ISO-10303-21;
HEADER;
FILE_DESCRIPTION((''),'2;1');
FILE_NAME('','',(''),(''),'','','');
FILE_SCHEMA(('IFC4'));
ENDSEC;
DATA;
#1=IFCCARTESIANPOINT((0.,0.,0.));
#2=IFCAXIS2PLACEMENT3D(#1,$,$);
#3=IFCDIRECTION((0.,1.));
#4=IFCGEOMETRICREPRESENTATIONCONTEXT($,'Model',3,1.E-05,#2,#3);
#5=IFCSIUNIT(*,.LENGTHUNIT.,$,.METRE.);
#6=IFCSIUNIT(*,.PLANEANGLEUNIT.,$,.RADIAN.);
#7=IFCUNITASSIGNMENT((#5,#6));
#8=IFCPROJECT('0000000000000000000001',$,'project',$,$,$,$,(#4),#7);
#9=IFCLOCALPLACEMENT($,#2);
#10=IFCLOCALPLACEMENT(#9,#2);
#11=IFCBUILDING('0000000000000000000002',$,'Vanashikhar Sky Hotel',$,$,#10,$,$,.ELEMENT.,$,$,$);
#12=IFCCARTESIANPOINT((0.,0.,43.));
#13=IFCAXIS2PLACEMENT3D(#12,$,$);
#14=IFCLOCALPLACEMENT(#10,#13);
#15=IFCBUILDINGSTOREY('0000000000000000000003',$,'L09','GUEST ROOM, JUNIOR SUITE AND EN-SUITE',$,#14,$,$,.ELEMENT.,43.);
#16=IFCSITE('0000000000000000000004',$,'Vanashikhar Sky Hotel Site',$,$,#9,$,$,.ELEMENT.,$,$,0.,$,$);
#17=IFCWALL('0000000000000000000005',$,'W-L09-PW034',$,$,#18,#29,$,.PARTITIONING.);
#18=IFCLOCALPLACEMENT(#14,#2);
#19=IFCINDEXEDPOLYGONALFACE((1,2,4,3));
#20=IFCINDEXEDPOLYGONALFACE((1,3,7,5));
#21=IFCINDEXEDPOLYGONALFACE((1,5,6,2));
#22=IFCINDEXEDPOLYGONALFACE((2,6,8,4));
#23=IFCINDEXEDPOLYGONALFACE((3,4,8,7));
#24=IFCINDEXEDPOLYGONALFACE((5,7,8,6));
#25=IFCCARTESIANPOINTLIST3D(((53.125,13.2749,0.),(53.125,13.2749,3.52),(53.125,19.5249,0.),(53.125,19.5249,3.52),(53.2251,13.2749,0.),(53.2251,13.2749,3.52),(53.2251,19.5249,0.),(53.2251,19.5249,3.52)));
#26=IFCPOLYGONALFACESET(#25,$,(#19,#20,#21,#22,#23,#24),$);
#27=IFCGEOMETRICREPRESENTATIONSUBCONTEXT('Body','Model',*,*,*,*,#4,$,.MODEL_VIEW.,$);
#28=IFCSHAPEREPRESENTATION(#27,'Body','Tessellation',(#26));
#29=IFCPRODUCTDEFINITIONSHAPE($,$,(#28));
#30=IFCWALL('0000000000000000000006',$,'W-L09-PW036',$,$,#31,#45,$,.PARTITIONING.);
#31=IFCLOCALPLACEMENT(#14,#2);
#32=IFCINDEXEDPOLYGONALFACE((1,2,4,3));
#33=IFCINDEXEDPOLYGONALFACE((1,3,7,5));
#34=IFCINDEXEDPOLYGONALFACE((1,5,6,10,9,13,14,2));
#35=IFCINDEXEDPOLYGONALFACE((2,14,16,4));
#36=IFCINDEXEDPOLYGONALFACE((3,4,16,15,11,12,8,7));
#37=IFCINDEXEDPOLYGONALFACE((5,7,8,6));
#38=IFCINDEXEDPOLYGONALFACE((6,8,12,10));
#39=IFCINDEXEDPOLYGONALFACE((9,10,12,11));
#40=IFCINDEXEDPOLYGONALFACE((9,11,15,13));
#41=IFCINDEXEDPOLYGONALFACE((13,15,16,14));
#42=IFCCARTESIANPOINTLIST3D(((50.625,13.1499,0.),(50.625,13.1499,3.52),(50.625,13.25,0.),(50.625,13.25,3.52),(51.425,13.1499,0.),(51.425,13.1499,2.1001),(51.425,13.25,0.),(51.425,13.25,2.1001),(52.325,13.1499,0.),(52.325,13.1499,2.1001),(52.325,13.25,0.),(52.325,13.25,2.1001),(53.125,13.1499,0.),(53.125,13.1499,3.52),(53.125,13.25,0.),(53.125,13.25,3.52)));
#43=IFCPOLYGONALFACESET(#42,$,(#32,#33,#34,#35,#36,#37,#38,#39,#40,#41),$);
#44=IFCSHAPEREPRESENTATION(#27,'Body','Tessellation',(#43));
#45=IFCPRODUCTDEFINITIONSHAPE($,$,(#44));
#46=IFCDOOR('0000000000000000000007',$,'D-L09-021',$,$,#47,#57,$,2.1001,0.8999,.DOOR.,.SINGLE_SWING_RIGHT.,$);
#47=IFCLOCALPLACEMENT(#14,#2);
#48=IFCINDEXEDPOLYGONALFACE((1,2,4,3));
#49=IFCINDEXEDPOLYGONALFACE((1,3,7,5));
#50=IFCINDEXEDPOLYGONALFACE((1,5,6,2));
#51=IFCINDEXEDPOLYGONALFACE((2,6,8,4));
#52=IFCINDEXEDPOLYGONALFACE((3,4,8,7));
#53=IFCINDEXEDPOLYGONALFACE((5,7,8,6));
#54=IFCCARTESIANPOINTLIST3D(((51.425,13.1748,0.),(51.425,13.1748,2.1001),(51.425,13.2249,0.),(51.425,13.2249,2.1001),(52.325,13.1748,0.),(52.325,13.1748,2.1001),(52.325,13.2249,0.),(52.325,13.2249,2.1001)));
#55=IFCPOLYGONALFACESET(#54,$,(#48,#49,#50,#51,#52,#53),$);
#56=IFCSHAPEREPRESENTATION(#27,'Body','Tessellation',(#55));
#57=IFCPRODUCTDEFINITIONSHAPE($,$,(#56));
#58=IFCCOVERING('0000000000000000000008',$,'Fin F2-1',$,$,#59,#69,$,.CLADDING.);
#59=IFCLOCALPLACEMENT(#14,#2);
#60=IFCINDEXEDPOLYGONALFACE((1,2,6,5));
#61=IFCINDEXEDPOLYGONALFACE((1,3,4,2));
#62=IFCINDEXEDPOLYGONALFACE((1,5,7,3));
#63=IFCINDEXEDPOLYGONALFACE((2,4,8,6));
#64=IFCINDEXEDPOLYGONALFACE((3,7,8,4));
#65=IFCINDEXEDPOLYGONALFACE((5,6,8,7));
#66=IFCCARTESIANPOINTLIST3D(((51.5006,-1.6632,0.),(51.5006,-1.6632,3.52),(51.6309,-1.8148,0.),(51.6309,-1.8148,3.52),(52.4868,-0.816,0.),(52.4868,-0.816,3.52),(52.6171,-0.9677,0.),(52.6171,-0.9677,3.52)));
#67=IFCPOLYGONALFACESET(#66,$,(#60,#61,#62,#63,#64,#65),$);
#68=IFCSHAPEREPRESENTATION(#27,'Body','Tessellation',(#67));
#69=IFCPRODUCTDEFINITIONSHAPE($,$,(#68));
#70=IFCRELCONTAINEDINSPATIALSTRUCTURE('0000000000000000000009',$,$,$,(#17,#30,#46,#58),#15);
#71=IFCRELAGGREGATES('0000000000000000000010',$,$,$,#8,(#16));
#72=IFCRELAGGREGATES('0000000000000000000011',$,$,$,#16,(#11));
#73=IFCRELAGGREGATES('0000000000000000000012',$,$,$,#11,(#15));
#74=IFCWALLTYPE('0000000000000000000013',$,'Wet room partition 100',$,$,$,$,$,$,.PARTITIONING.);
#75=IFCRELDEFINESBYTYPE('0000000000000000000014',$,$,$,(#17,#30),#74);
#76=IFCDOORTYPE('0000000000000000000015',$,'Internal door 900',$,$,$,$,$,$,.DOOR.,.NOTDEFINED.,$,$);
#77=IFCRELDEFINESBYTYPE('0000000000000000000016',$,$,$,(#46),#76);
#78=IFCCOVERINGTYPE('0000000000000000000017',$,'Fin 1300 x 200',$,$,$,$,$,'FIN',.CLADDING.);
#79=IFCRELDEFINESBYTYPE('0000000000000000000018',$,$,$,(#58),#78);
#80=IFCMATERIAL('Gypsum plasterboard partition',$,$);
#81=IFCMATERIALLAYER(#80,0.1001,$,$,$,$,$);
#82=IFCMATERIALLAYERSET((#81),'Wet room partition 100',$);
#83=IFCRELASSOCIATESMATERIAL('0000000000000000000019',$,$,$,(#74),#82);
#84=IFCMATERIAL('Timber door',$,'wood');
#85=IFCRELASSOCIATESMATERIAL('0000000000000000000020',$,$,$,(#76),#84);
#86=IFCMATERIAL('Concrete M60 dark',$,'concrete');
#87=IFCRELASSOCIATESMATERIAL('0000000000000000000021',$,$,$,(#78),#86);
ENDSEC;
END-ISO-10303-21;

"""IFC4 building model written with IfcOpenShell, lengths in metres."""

from ifc_helpers import new_model, si_unit, direction, frame, frame_2d, origin, origin_2d, place, context, subcontext, project, spatial, rectangle, extrude, source, transform, mapped, material, layer, layer_set, material_profile, profile_set, type_object, element, fill, save


model = new_model("IFC4")

# Units and contexts
model_context = context("Model", 3, precision=1e-05, world=origin(), true_north=direction((0.0, 1.0)))
body_context = subcontext(model_context, "Body", "Model", "MODEL_VIEW")
ifc_project = project(units=[si_unit("LENGTHUNIT", "METRE"), si_unit("PLANEANGLEUNIT", "RADIAN")], contexts=[model_context])

# Site, building, storey
site_placement = place(None, origin())
site = spatial("IfcSite", under=ifc_project, at=site_placement, Name="Vanashikhar Sky Hotel Site", CompositionType="ELEMENT", RefElevation=0.0)
building_placement = place(site_placement, origin())
building = spatial("IfcBuilding", under=site, at=building_placement, Name="Vanashikhar Sky Hotel", CompositionType="ELEMENT")
storey_placement = place(building_placement, frame((0.0, 0.0, 43.0)))
storey = spatial("IfcBuildingStorey", under=building, at=storey_placement, Name="L09", Description="GUEST ROOM, JUNIOR SUITE AND EN-SUITE", CompositionType="ELEMENT", Elevation=43.0)

# Shared definitions
ifc_material_1 = material(Name="Gypsum plasterboard partition")
ifc_layer_1 = layer(ifc_material_1, 0.1001)
ifc_layer_set_1 = layer_set([ifc_layer_1], Name="Wet room partition 100")
wall_type_1 = type_object("IfcWallType", Name="Wet room partition 100", PredefinedType="PARTITIONING", material=ifc_layer_set_1)
shared_shape_1 = source(origin(), body_context, "Body", "SweptSolid", [
    extrude(rectangle(XDim=0.8999, YDim=2.1001, at=frame_2d((0.45, 1.05))), frame((0.0, 0.0601, 0.0), z_axis=(0.0, -1.0, 0.0), x_axis=(1.0, 0.0, 0.0)), (0.0, 0.0, 1.0), 0.1201),
])
ifc_material_2 = material(Name="Timber door", Category="wood")
door_type = type_object("IfcDoorType", Name="Internal door 900", OperationType="NOTDEFINED", PredefinedType="DOOR", material=ifc_material_2)
shared_shape_2 = source(origin(), body_context, "Body", "SweptSolid", [
    extrude(rectangle(XDim=0.8999, YDim=2.1001, at=frame_2d((0.45, 1.05))), frame((0.0, 0.0249, 0.0), z_axis=(0.0, -1.0, 0.0), x_axis=(1.0, 0.0, 0.0)), (0.0, 0.0, 1.0), 0.05),
])

# Wall
shared_shape_3 = source(origin(), body_context, "Body", "SweptSolid", [
    extrude(rectangle(XDim=6.25, YDim=0.1001, at=frame_2d((3.125, 0.0))), origin(), (0.0, 0.0, 1.0), 3.52),
])
for number, where, z_axis, x_axis, name in (
    (1, (53.175, 13.2749, 0.0), (0.0, 0.0, 1.0), (0.0, 1.0, 0.0), "W-L09-PW034"),
):
    element("IfcWall", number, at=place(storey_placement, frame(where, z_axis=z_axis, x_axis=x_axis)), inside=storey, type_object=wall_type_1, Name=name, PredefinedType="PARTITIONING", context=body_context, shape_type="MappedRepresentation", body=[
        mapped(shared_shape_3, transform((0.0, 0.0, 0.0), scale=1.0)),
    ])

# Wall, opening, door
shared_shape_4 = source(origin(), body_context, "Body", "SweptSolid", [
    extrude(rectangle(XDim=2.5, YDim=0.1001, at=frame_2d((1.25, 0.0))), origin(), (0.0, 0.0, 1.0), 3.52),
])
wall_1_placement = place(storey_placement, frame((50.625, 13.2, 0.0), z_axis=(0.0, 0.0, 1.0), x_axis=(1.0, 0.0, 0.0)))
wall_1 = element("IfcWall", 2, at=wall_1_placement, inside=storey, type_object=wall_type_1, Name="W-L09-PW036", PredefinedType="PARTITIONING", context=body_context, shape_type="MappedRepresentation", body=[
    mapped(shared_shape_4, transform((0.0, 0.0, 0.0), scale=1.0)),
])
opening_1_placement = place(wall_1_placement, frame((0.8, 0.0, 0.0)))
opening_1 = element("IfcOpeningElement", 3, at=opening_1_placement, cuts=wall_1, PredefinedType="OPENING", context=body_context, shape_type="MappedRepresentation", body=[
    mapped(shared_shape_1, transform((0.0, 0.0, 0.0), scale=1.0)),
])
door_1_placement = place(opening_1_placement, origin())
door_1 = element("IfcDoor", 4, at=door_1_placement, inside=storey, type_object=door_type, Name="D-L09-021", OperationType="SINGLE_SWING_RIGHT", OverallHeight=2.1001, OverallWidth=0.8999, PredefinedType="DOOR", context=body_context, shape_type="MappedRepresentation", body=[
    mapped(shared_shape_2, transform((0.0, 0.0, 0.0), scale=1.0)),
])
fill(opening_1, door_1)

# Covering
ifc_material_3 = material(Name="Concrete M60 dark", Category="concrete")
ifc_material_profile = material_profile(ifc_material_3, rectangle(XDim=1.3, YDim=0.2, at=origin_2d()))
ifc_profile_set = profile_set([ifc_material_profile], Name="Fin 1300 x 200")
covering_type = type_object("IfcCoveringType", Name="Fin 1300 x 200", ElementType="FIN", PredefinedType="CLADDING", material=ifc_profile_set)
shared_shape_5 = source(origin(), body_context, "Body", "SweptSolid", [
    extrude(rectangle(XDim=1.3, YDim=0.2, at=origin_2d()), origin(), (0.0, 0.0, 1.0), 3.52),
])
covering_placement = place(storey_placement, frame((52.0588, -1.3154, 0.0), z_axis=(0.0, 0.0, 1.0), x_axis=(-0.758544, -0.651622, 0.0)))
element("IfcCovering", 5, at=covering_placement, inside=storey, type_object=covering_type, Name="Fin F2-1", PredefinedType="CLADDING", context=body_context, shape_type="MappedRepresentation", body=[
    mapped(shared_shape_5, transform((0.0, 0.0, 0.0), scale=1.0)),
])

save(model, "model.ifc")
